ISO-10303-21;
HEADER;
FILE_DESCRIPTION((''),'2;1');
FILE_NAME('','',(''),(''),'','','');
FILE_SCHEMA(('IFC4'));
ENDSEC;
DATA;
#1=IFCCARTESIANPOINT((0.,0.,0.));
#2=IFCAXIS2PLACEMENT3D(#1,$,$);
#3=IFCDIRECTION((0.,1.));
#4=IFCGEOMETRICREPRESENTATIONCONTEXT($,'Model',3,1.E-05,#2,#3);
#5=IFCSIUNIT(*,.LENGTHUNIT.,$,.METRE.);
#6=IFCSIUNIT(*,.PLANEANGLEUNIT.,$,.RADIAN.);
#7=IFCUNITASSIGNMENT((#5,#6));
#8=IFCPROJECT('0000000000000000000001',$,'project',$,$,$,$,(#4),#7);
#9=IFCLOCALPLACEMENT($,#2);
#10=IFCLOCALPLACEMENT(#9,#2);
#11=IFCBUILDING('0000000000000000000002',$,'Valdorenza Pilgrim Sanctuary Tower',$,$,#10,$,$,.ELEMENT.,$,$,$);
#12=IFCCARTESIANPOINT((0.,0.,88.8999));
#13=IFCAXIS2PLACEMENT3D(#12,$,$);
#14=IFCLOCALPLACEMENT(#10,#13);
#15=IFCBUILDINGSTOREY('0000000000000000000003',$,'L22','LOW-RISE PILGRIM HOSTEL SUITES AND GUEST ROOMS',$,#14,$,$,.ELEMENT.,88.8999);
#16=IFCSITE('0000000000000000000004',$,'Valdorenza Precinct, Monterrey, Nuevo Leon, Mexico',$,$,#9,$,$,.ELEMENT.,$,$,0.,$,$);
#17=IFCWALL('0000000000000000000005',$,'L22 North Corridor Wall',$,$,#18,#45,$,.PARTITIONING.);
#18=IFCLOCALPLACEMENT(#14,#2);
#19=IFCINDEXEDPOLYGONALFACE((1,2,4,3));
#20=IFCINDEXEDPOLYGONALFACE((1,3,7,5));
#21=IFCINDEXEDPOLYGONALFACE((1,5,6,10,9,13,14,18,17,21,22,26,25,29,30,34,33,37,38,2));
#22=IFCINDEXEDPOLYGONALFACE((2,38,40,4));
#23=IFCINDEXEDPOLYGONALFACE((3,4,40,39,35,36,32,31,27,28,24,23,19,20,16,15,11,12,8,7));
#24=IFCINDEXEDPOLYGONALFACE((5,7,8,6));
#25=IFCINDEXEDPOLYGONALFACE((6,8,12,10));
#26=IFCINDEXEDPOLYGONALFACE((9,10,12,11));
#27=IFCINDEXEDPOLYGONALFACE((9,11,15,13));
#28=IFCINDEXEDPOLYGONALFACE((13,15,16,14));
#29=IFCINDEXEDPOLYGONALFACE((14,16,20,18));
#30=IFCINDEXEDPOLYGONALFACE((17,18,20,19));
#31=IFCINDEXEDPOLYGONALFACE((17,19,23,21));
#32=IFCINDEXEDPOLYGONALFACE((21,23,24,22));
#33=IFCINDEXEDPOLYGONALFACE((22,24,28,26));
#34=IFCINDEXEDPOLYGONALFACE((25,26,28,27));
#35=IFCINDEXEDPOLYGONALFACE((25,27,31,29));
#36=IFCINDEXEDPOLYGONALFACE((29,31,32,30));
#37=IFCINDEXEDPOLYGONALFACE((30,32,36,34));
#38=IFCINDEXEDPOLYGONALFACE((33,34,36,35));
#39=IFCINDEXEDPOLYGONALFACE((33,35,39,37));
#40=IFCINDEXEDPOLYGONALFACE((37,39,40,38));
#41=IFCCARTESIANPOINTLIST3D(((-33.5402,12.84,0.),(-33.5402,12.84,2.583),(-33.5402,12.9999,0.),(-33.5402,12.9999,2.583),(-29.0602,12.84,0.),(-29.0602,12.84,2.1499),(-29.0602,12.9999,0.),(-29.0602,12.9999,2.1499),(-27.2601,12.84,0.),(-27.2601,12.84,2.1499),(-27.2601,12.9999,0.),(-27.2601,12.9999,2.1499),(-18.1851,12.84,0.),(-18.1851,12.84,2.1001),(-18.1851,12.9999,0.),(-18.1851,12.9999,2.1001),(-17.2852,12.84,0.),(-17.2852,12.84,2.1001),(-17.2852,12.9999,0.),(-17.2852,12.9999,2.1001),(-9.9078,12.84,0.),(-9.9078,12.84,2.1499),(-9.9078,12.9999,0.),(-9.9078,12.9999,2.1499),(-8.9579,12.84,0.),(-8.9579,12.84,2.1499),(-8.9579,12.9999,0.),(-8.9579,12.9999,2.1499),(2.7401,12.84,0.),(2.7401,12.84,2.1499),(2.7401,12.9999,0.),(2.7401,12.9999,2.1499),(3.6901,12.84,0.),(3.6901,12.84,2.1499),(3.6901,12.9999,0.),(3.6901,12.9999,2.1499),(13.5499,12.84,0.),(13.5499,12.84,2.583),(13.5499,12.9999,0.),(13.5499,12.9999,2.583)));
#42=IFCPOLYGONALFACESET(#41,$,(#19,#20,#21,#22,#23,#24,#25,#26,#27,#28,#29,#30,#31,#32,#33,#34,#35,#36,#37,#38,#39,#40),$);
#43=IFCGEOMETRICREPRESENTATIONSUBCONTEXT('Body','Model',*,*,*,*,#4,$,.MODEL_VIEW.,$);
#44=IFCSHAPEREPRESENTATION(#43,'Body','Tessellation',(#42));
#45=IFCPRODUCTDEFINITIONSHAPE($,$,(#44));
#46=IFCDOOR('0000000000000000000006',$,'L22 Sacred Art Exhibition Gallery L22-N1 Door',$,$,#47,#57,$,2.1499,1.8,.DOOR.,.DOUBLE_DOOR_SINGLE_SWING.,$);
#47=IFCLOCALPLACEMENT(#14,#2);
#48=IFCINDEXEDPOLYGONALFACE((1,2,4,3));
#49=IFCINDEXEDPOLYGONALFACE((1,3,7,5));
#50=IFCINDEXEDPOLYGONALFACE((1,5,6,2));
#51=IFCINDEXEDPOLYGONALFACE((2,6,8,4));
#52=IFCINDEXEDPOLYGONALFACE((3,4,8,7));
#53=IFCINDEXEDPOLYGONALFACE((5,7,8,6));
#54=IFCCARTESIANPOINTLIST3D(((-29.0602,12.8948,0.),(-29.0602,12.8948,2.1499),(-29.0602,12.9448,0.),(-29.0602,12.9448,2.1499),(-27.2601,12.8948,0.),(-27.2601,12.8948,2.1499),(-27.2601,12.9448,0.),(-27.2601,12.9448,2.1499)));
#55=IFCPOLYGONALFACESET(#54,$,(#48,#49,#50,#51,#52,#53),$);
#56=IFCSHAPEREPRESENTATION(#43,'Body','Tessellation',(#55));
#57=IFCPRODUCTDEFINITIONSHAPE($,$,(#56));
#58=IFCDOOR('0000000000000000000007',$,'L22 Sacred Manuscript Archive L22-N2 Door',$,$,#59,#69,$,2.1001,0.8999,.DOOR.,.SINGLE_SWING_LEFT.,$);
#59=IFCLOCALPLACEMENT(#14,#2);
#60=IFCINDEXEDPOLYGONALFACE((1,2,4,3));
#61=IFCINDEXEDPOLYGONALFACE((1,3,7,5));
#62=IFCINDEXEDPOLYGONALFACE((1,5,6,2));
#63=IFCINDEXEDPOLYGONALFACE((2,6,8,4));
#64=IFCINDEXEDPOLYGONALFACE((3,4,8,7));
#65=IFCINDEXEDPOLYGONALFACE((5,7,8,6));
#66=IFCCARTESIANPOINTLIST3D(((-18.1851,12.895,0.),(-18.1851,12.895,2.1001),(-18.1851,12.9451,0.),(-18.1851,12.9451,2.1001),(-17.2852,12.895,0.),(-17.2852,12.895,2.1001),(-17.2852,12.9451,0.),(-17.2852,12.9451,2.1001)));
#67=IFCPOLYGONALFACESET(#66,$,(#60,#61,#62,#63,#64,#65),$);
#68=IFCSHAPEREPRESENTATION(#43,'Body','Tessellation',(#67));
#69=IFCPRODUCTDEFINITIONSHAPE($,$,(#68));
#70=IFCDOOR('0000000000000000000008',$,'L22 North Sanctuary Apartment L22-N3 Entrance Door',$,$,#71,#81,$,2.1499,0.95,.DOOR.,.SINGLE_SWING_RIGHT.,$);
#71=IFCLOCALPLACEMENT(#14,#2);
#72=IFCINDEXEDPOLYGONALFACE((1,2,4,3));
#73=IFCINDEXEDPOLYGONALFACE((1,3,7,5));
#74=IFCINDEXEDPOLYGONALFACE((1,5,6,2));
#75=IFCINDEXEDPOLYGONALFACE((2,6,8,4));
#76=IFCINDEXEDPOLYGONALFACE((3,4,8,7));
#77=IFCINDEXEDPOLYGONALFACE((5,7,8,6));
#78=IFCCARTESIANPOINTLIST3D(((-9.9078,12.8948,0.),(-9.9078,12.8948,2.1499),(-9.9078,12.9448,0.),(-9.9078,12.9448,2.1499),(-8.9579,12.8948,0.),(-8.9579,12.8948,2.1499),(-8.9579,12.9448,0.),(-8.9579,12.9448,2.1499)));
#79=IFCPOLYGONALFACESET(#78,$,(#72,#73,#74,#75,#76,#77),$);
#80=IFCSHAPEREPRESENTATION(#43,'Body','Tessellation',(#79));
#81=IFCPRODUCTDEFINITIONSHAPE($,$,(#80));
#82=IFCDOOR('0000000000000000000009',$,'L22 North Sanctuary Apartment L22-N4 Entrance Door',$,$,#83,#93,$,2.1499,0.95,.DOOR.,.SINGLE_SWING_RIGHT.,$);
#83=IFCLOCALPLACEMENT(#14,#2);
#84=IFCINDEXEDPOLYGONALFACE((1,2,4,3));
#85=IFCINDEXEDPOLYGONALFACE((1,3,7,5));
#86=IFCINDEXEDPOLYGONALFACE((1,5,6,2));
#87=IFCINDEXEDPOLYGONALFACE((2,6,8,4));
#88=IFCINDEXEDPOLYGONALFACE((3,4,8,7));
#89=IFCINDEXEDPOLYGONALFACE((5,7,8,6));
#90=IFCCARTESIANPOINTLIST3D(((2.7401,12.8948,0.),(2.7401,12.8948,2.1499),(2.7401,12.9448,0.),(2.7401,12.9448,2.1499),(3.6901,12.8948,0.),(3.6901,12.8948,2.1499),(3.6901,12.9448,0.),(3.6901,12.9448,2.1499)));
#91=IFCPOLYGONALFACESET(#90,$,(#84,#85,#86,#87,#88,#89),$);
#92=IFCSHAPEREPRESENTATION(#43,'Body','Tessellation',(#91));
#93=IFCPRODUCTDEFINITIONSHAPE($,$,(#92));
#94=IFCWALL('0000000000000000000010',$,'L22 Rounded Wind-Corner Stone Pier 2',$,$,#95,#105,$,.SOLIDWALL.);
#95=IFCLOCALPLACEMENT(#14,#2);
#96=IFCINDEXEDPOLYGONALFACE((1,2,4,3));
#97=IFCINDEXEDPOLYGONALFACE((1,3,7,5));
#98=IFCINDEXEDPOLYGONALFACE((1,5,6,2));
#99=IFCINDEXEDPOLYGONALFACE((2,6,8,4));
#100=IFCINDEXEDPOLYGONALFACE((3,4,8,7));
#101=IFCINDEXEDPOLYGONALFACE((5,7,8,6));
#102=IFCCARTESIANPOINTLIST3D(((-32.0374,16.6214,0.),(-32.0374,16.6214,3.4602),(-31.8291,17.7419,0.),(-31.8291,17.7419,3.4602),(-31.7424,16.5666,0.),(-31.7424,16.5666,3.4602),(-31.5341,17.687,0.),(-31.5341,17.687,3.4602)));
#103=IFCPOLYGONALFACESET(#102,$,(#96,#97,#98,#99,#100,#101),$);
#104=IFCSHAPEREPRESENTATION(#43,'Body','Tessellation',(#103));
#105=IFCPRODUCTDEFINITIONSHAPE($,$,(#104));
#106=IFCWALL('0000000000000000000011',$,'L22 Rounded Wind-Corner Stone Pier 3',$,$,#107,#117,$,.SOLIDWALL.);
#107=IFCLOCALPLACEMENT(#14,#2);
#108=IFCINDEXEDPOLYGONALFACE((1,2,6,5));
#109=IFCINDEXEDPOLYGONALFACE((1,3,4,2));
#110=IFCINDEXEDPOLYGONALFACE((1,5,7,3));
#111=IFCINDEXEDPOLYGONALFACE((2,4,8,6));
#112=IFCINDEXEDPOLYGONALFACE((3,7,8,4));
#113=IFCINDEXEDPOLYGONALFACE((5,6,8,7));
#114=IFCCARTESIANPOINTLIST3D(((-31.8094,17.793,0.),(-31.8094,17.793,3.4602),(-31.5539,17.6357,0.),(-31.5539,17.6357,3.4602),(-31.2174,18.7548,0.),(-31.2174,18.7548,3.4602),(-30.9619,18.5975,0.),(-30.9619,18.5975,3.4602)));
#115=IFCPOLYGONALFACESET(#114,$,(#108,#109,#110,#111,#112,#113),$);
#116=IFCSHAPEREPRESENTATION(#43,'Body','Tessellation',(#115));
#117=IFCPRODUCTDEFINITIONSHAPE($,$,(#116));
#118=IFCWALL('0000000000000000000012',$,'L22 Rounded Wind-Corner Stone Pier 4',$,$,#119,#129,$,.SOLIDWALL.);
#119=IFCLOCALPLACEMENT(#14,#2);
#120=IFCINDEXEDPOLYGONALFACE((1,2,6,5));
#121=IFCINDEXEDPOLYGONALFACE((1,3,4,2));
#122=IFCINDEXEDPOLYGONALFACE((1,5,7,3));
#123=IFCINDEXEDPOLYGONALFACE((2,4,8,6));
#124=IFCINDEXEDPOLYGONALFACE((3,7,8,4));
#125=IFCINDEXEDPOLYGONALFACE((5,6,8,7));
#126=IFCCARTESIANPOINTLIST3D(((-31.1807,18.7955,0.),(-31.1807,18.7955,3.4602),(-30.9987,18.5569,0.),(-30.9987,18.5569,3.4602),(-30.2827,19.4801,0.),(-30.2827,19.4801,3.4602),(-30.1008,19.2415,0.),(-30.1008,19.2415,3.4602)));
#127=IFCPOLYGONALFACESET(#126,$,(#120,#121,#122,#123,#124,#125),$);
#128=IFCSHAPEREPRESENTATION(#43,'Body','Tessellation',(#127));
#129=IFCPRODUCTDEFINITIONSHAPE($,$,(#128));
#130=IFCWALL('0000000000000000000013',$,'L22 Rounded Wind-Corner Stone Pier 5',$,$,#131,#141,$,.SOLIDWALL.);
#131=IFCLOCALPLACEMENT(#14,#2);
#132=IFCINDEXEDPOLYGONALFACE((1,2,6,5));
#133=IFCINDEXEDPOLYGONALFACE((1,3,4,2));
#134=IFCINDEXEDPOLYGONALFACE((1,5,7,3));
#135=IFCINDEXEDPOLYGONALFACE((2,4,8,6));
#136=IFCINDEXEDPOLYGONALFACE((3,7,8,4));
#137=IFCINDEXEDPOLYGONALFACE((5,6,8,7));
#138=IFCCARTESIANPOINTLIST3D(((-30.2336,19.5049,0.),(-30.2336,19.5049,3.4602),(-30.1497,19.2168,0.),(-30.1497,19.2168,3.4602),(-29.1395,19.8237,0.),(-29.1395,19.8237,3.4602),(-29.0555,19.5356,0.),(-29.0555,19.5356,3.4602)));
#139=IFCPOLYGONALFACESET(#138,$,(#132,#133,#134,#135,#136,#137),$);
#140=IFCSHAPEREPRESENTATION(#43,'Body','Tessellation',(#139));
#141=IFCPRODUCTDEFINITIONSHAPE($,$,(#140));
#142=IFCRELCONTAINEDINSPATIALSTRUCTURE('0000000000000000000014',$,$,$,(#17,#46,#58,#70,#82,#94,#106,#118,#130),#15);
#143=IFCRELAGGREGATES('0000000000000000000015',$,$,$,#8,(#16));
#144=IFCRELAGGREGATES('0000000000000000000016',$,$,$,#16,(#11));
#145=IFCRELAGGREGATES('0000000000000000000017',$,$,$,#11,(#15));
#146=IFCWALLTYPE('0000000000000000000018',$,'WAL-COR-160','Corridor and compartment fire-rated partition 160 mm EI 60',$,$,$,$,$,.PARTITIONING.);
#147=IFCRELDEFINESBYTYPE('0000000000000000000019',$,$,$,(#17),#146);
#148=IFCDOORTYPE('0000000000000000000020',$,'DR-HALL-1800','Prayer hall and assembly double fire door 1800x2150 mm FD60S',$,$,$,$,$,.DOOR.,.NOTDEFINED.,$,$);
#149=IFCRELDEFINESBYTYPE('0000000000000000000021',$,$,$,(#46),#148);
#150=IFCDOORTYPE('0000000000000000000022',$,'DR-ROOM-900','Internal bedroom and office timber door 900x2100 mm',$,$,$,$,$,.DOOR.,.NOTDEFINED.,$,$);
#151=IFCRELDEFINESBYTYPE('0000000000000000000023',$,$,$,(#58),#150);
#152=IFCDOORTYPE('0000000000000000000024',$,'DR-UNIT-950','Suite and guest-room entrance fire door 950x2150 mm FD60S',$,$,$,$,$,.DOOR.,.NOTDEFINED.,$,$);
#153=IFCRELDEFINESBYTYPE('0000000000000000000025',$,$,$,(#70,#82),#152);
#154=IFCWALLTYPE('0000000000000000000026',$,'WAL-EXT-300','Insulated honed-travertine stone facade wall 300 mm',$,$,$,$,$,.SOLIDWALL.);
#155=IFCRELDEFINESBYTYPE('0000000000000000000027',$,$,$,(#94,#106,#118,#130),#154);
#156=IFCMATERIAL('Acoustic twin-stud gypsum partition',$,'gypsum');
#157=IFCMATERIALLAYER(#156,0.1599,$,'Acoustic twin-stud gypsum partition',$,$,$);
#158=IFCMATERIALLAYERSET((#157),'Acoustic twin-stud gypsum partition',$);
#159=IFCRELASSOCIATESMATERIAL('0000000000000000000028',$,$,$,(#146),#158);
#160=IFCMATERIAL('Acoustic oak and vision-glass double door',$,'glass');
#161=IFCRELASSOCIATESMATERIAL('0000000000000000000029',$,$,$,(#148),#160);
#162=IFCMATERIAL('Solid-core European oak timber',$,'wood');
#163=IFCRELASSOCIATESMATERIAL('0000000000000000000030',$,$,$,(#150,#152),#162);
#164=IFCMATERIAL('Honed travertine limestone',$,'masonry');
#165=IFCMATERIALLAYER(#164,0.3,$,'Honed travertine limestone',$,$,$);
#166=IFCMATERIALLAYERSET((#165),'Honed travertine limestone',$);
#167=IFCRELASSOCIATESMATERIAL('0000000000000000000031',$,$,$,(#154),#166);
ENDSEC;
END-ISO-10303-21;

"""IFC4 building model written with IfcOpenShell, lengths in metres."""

from ifc_helpers import new_model, si_unit, direction, frame, frame_2d, origin, place, context, subcontext, project, spatial, rectangle, extrude, material, layer, layer_set, type_object, element, fill, save


model = new_model("IFC4")

# Units and contexts
model_context = context("Model", 3, precision=1e-05, world=origin(), true_north=direction((0.0, 1.0)))
body_context = subcontext(model_context, "Body", "Model", "MODEL_VIEW")
ifc_project = project(units=[si_unit("LENGTHUNIT", "METRE"), si_unit("PLANEANGLEUNIT", "RADIAN")], contexts=[model_context])

# Site, building, storey
site_placement = place(None, origin())
site = spatial("IfcSite", under=ifc_project, at=site_placement, Name="Valdorenza Precinct, Monterrey, Nuevo Leon, Mexico", CompositionType="ELEMENT", RefElevation=0.0)
building_placement = place(site_placement, origin())
building = spatial("IfcBuilding", under=site, at=building_placement, Name="Valdorenza Pilgrim Sanctuary Tower", CompositionType="ELEMENT")
storey_placement = place(building_placement, frame((0.0, 0.0, 88.8999)))
storey = spatial("IfcBuildingStorey", under=building, at=storey_placement, Name="L22", Description="LOW-RISE PILGRIM HOSTEL SUITES AND GUEST ROOMS", CompositionType="ELEMENT", Elevation=88.8999)

# Shared definitions
ifc_material_1 = material(Name="Honed travertine limestone", Category="masonry")

# Shared definitions
ifc_material_2 = material(Name="Acoustic twin-stud gypsum partition", Category="gypsum")
ifc_layer_1 = layer(ifc_material_2, 0.1599, Name="Acoustic twin-stud gypsum partition")
ifc_layer_set_1 = layer_set([ifc_layer_1], Name="Acoustic twin-stud gypsum partition")
wall_type_1 = type_object("IfcWallType", Name="WAL-COR-160", Description="Corridor and compartment fire-rated partition 160 mm EI 60", PredefinedType="PARTITIONING", material=ifc_layer_set_1)

# Wall, openings, doors
wall_1_placement = place(storey_placement, frame((-33.54, 12.9199, 0.0), z_axis=(0.0, 0.0, 1.0), x_axis=(1.0, 0.0, 0.0)))
wall_1 = element("IfcWall", 1, at=wall_1_placement, inside=storey, type_object=wall_type_1, Name="L22 North Corridor Wall", PredefinedType="PARTITIONING", context=body_context, shape_type="SweptSolid", body=[
    extrude(rectangle(XDim=47.0901, YDim=0.1599, at=frame_2d((23.5449, 0.0))), origin(), (0.0, 0.0, 1.0), 2.583),
])
opening_1_placement = place(wall_1_placement, frame((4.48, 0.0, 0.0)))
opening_1 = element("IfcOpeningElement", 2, at=opening_1_placement, cuts=wall_1, PredefinedType="OPENING", context=body_context, shape_type="SweptSolid", body=[
    extrude(rectangle(XDim=1.8, YDim=2.1499, at=frame_2d((0.8999, 1.075))), frame((0.0, 0.0947, 0.0), z_axis=(0.0, -1.0, 0.0), x_axis=(1.0, 0.0, 0.0)), (0.0, 0.0, 1.0), 0.1897),
])
opening_2_placement = place(wall_1_placement, frame((15.355, 0.0, 0.0)))
opening_2 = element("IfcOpeningElement", 3, at=opening_2_placement, cuts=wall_1, PredefinedType="OPENING", context=body_context, shape_type="SweptSolid", body=[
    extrude(rectangle(XDim=0.8999, YDim=2.1001, at=frame_2d((0.45, 1.05))), frame((0.0, 0.0947, 0.0), z_axis=(0.0, -1.0, 0.0), x_axis=(1.0, 0.0, 0.0)), (0.0, 0.0, 1.0), 0.1897),
])
opening_3_placement = place(wall_1_placement, frame((23.6321, 0.0, 0.0)))
opening_3 = element("IfcOpeningElement", 4, at=opening_3_placement, cuts=wall_1, PredefinedType="OPENING", context=body_context, shape_type="SweptSolid", body=[
    extrude(rectangle(XDim=0.95, YDim=2.1499, at=frame_2d((0.4751, 1.075))), frame((0.0, 0.0947, 0.0), z_axis=(0.0, -1.0, 0.0), x_axis=(1.0, 0.0, 0.0)), (0.0, 0.0, 1.0), 0.1897),
])
opening_4_placement = place(wall_1_placement, frame((36.28, 0.0, 0.0)))
opening_4 = element("IfcOpeningElement", 5, at=opening_4_placement, cuts=wall_1, PredefinedType="OPENING", context=body_context, shape_type="SweptSolid", body=[
    extrude(rectangle(XDim=0.95, YDim=2.1499, at=frame_2d((0.4751, 1.075))), frame((0.0, 0.0947, 0.0), z_axis=(0.0, -1.0, 0.0), x_axis=(1.0, 0.0, 0.0)), (0.0, 0.0, 1.0), 0.1897),
])
ifc_material_3 = material(Name="Acoustic oak and vision-glass double door", Category="glass")
door_type_1 = type_object("IfcDoorType", Name="DR-HALL-1800", Description="Prayer hall and assembly double fire door 1800x2150 mm FD60S", OperationType="NOTDEFINED", PredefinedType="DOOR", material=ifc_material_3)
door_1_placement = place(opening_1_placement, origin())
door_1 = element("IfcDoor", 6, at=door_1_placement, inside=storey, type_object=door_type_1, Name="L22 Sacred Art Exhibition Gallery L22-N1 Door", OperationType="DOUBLE_DOOR_SINGLE_SWING", OverallHeight=2.1499, OverallWidth=1.8, PredefinedType="DOOR", context=body_context, shape_type="SweptSolid", body=[
    extrude(rectangle(XDim=1.8, YDim=2.1499, at=frame_2d((0.8999, 1.075))), frame((0.0, 0.0249, 0.0), z_axis=(0.0, -1.0, 0.0), x_axis=(1.0, 0.0, 0.0)), (0.0, 0.0, 1.0), 0.05),
])
fill(opening_1, door_1)
ifc_material_4 = material(Name="Solid-core European oak timber", Category="wood")
door_type_2 = type_object("IfcDoorType", Name="DR-ROOM-900", Description="Internal bedroom and office timber door 900x2100 mm", OperationType="NOTDEFINED", PredefinedType="DOOR", material=ifc_material_4)
door_2_placement = place(opening_2_placement, frame((0.8999, 0.0, 0.0), z_axis=(0.0, 0.0, 1.0), x_axis=(-1.0, 0.0, 0.0)))
door_2 = element("IfcDoor", 7, at=door_2_placement, inside=storey, type_object=door_type_2, Name="L22 Sacred Manuscript Archive L22-N2 Door", OperationType="SINGLE_SWING_LEFT", OverallHeight=2.1001, OverallWidth=0.8999, PredefinedType="DOOR", context=body_context, shape_type="SweptSolid", body=[
    extrude(rectangle(XDim=0.8999, YDim=2.1001, at=frame_2d((0.45, 1.05))), frame((0.0, 0.0249, 0.0), z_axis=(0.0, -1.0, 0.0), x_axis=(1.0, 0.0, 0.0)), (0.0, 0.0, 1.0), 0.05),
])
fill(opening_2, door_2)
door_type_3 = type_object("IfcDoorType", Name="DR-UNIT-950", Description="Suite and guest-room entrance fire door 950x2150 mm FD60S", OperationType="NOTDEFINED", PredefinedType="DOOR", material=ifc_material_4)
door_3_placement = place(opening_3_placement, origin())
door_3 = element("IfcDoor", 8, at=door_3_placement, inside=storey, type_object=door_type_3, Name="L22 North Sanctuary Apartment L22-N3 Entrance Door", OperationType="SINGLE_SWING_RIGHT", OverallHeight=2.1499, OverallWidth=0.95, PredefinedType="DOOR", context=body_context, shape_type="SweptSolid", body=[
    extrude(rectangle(XDim=0.95, YDim=2.1499, at=frame_2d((0.4751, 1.075))), frame((0.0, 0.0249, 0.0), z_axis=(0.0, -1.0, 0.0), x_axis=(1.0, 0.0, 0.0)), (0.0, 0.0, 1.0), 0.05),
])
fill(opening_3, door_3)
door_4_placement = place(opening_4_placement, origin())
door_4 = element("IfcDoor", 9, at=door_4_placement, inside=storey, type_object=door_type_3, Name="L22 North Sanctuary Apartment L22-N4 Entrance Door", OperationType="SINGLE_SWING_RIGHT", OverallHeight=2.1499, OverallWidth=0.95, PredefinedType="DOOR", context=body_context, shape_type="SweptSolid", body=[
    extrude(rectangle(XDim=0.95, YDim=2.1499, at=frame_2d((0.4751, 1.075))), frame((0.0, 0.0249, 0.0), z_axis=(0.0, -1.0, 0.0), x_axis=(1.0, 0.0, 0.0)), (0.0, 0.0, 1.0), 0.05),
])
fill(opening_4, door_4)

# Walls
ifc_layer_2 = layer(ifc_material_1, 0.3, Name="Honed travertine limestone")
ifc_layer_set_2 = layer_set([ifc_layer_2], Name="Honed travertine limestone")
wall_type_2 = type_object("IfcWallType", Name="WAL-EXT-300", Description="Insulated honed-travertine stone facade wall 300 mm", PredefinedType="SOLIDWALL", material=ifc_layer_set_2)
wall_2_placement = place(storey_placement, frame((-31.8899, 16.594, 0.0), z_axis=(0.0, 0.0, 1.0), x_axis=(0.182749, 0.98316, 0.0)))
element("IfcWall", 10, at=wall_2_placement, inside=storey, type_object=wall_type_2, Name="L22 Rounded Wind-Corner Stone Pier 2", PredefinedType="SOLIDWALL", context=body_context, shape_type="SweptSolid", body=[
    extrude(rectangle(XDim=1.1396, YDim=0.3, at=frame_2d((0.5698, 0.0))), origin(), (0.0, 0.0, 1.0), 3.4602),
])
wall_3_placement = place(storey_placement, frame((-31.6816, 17.7144, 0.0), z_axis=(0.0, 0.0, 1.0), x_axis=(0.524158, 0.851621, 0.0)))
element("IfcWall", 11, at=wall_3_placement, inside=storey, type_object=wall_type_2, Name="L22 Rounded Wind-Corner Stone Pier 3", PredefinedType="SOLIDWALL", context=body_context, shape_type="SweptSolid", body=[
    extrude(rectangle(XDim=1.1294, YDim=0.3, at=frame_2d((0.5647, 0.0))), origin(), (0.0, 0.0, 1.0), 3.4602),
])
wall_4_placement = place(storey_placement, frame((-31.0896, 18.6763, 0.0), z_axis=(0.0, 0.0, 1.0), x_axis=(0.795253, 0.606278, 0.0)))
element("IfcWall", 12, at=wall_4_placement, inside=storey, type_object=wall_type_2, Name="L22 Rounded Wind-Corner Stone Pier 4", PredefinedType="SOLIDWALL", context=body_context, shape_type="SweptSolid", body=[
    extrude(rectangle(XDim=1.1292, YDim=0.3, at=frame_2d((0.5645, 0.0))), origin(), (0.0, 0.0, 1.0), 3.4602),
])
wall_5_placement = place(storey_placement, frame((-30.1917, 19.3608, 0.0), z_axis=(0.0, 0.0, 1.0), x_axis=(0.960072, 0.279753, 0.0)))
element("IfcWall", 13, at=wall_5_placement, inside=storey, type_object=wall_type_2, Name="L22 Rounded Wind-Corner Stone Pier 5", PredefinedType="SOLIDWALL", context=body_context, shape_type="SweptSolid", body=[
    extrude(rectangle(XDim=1.1396, YDim=0.3, at=frame_2d((0.5698, 0.0))), origin(), (0.0, 0.0, 1.0), 3.4602),
])

save(model, "model.ifc")
